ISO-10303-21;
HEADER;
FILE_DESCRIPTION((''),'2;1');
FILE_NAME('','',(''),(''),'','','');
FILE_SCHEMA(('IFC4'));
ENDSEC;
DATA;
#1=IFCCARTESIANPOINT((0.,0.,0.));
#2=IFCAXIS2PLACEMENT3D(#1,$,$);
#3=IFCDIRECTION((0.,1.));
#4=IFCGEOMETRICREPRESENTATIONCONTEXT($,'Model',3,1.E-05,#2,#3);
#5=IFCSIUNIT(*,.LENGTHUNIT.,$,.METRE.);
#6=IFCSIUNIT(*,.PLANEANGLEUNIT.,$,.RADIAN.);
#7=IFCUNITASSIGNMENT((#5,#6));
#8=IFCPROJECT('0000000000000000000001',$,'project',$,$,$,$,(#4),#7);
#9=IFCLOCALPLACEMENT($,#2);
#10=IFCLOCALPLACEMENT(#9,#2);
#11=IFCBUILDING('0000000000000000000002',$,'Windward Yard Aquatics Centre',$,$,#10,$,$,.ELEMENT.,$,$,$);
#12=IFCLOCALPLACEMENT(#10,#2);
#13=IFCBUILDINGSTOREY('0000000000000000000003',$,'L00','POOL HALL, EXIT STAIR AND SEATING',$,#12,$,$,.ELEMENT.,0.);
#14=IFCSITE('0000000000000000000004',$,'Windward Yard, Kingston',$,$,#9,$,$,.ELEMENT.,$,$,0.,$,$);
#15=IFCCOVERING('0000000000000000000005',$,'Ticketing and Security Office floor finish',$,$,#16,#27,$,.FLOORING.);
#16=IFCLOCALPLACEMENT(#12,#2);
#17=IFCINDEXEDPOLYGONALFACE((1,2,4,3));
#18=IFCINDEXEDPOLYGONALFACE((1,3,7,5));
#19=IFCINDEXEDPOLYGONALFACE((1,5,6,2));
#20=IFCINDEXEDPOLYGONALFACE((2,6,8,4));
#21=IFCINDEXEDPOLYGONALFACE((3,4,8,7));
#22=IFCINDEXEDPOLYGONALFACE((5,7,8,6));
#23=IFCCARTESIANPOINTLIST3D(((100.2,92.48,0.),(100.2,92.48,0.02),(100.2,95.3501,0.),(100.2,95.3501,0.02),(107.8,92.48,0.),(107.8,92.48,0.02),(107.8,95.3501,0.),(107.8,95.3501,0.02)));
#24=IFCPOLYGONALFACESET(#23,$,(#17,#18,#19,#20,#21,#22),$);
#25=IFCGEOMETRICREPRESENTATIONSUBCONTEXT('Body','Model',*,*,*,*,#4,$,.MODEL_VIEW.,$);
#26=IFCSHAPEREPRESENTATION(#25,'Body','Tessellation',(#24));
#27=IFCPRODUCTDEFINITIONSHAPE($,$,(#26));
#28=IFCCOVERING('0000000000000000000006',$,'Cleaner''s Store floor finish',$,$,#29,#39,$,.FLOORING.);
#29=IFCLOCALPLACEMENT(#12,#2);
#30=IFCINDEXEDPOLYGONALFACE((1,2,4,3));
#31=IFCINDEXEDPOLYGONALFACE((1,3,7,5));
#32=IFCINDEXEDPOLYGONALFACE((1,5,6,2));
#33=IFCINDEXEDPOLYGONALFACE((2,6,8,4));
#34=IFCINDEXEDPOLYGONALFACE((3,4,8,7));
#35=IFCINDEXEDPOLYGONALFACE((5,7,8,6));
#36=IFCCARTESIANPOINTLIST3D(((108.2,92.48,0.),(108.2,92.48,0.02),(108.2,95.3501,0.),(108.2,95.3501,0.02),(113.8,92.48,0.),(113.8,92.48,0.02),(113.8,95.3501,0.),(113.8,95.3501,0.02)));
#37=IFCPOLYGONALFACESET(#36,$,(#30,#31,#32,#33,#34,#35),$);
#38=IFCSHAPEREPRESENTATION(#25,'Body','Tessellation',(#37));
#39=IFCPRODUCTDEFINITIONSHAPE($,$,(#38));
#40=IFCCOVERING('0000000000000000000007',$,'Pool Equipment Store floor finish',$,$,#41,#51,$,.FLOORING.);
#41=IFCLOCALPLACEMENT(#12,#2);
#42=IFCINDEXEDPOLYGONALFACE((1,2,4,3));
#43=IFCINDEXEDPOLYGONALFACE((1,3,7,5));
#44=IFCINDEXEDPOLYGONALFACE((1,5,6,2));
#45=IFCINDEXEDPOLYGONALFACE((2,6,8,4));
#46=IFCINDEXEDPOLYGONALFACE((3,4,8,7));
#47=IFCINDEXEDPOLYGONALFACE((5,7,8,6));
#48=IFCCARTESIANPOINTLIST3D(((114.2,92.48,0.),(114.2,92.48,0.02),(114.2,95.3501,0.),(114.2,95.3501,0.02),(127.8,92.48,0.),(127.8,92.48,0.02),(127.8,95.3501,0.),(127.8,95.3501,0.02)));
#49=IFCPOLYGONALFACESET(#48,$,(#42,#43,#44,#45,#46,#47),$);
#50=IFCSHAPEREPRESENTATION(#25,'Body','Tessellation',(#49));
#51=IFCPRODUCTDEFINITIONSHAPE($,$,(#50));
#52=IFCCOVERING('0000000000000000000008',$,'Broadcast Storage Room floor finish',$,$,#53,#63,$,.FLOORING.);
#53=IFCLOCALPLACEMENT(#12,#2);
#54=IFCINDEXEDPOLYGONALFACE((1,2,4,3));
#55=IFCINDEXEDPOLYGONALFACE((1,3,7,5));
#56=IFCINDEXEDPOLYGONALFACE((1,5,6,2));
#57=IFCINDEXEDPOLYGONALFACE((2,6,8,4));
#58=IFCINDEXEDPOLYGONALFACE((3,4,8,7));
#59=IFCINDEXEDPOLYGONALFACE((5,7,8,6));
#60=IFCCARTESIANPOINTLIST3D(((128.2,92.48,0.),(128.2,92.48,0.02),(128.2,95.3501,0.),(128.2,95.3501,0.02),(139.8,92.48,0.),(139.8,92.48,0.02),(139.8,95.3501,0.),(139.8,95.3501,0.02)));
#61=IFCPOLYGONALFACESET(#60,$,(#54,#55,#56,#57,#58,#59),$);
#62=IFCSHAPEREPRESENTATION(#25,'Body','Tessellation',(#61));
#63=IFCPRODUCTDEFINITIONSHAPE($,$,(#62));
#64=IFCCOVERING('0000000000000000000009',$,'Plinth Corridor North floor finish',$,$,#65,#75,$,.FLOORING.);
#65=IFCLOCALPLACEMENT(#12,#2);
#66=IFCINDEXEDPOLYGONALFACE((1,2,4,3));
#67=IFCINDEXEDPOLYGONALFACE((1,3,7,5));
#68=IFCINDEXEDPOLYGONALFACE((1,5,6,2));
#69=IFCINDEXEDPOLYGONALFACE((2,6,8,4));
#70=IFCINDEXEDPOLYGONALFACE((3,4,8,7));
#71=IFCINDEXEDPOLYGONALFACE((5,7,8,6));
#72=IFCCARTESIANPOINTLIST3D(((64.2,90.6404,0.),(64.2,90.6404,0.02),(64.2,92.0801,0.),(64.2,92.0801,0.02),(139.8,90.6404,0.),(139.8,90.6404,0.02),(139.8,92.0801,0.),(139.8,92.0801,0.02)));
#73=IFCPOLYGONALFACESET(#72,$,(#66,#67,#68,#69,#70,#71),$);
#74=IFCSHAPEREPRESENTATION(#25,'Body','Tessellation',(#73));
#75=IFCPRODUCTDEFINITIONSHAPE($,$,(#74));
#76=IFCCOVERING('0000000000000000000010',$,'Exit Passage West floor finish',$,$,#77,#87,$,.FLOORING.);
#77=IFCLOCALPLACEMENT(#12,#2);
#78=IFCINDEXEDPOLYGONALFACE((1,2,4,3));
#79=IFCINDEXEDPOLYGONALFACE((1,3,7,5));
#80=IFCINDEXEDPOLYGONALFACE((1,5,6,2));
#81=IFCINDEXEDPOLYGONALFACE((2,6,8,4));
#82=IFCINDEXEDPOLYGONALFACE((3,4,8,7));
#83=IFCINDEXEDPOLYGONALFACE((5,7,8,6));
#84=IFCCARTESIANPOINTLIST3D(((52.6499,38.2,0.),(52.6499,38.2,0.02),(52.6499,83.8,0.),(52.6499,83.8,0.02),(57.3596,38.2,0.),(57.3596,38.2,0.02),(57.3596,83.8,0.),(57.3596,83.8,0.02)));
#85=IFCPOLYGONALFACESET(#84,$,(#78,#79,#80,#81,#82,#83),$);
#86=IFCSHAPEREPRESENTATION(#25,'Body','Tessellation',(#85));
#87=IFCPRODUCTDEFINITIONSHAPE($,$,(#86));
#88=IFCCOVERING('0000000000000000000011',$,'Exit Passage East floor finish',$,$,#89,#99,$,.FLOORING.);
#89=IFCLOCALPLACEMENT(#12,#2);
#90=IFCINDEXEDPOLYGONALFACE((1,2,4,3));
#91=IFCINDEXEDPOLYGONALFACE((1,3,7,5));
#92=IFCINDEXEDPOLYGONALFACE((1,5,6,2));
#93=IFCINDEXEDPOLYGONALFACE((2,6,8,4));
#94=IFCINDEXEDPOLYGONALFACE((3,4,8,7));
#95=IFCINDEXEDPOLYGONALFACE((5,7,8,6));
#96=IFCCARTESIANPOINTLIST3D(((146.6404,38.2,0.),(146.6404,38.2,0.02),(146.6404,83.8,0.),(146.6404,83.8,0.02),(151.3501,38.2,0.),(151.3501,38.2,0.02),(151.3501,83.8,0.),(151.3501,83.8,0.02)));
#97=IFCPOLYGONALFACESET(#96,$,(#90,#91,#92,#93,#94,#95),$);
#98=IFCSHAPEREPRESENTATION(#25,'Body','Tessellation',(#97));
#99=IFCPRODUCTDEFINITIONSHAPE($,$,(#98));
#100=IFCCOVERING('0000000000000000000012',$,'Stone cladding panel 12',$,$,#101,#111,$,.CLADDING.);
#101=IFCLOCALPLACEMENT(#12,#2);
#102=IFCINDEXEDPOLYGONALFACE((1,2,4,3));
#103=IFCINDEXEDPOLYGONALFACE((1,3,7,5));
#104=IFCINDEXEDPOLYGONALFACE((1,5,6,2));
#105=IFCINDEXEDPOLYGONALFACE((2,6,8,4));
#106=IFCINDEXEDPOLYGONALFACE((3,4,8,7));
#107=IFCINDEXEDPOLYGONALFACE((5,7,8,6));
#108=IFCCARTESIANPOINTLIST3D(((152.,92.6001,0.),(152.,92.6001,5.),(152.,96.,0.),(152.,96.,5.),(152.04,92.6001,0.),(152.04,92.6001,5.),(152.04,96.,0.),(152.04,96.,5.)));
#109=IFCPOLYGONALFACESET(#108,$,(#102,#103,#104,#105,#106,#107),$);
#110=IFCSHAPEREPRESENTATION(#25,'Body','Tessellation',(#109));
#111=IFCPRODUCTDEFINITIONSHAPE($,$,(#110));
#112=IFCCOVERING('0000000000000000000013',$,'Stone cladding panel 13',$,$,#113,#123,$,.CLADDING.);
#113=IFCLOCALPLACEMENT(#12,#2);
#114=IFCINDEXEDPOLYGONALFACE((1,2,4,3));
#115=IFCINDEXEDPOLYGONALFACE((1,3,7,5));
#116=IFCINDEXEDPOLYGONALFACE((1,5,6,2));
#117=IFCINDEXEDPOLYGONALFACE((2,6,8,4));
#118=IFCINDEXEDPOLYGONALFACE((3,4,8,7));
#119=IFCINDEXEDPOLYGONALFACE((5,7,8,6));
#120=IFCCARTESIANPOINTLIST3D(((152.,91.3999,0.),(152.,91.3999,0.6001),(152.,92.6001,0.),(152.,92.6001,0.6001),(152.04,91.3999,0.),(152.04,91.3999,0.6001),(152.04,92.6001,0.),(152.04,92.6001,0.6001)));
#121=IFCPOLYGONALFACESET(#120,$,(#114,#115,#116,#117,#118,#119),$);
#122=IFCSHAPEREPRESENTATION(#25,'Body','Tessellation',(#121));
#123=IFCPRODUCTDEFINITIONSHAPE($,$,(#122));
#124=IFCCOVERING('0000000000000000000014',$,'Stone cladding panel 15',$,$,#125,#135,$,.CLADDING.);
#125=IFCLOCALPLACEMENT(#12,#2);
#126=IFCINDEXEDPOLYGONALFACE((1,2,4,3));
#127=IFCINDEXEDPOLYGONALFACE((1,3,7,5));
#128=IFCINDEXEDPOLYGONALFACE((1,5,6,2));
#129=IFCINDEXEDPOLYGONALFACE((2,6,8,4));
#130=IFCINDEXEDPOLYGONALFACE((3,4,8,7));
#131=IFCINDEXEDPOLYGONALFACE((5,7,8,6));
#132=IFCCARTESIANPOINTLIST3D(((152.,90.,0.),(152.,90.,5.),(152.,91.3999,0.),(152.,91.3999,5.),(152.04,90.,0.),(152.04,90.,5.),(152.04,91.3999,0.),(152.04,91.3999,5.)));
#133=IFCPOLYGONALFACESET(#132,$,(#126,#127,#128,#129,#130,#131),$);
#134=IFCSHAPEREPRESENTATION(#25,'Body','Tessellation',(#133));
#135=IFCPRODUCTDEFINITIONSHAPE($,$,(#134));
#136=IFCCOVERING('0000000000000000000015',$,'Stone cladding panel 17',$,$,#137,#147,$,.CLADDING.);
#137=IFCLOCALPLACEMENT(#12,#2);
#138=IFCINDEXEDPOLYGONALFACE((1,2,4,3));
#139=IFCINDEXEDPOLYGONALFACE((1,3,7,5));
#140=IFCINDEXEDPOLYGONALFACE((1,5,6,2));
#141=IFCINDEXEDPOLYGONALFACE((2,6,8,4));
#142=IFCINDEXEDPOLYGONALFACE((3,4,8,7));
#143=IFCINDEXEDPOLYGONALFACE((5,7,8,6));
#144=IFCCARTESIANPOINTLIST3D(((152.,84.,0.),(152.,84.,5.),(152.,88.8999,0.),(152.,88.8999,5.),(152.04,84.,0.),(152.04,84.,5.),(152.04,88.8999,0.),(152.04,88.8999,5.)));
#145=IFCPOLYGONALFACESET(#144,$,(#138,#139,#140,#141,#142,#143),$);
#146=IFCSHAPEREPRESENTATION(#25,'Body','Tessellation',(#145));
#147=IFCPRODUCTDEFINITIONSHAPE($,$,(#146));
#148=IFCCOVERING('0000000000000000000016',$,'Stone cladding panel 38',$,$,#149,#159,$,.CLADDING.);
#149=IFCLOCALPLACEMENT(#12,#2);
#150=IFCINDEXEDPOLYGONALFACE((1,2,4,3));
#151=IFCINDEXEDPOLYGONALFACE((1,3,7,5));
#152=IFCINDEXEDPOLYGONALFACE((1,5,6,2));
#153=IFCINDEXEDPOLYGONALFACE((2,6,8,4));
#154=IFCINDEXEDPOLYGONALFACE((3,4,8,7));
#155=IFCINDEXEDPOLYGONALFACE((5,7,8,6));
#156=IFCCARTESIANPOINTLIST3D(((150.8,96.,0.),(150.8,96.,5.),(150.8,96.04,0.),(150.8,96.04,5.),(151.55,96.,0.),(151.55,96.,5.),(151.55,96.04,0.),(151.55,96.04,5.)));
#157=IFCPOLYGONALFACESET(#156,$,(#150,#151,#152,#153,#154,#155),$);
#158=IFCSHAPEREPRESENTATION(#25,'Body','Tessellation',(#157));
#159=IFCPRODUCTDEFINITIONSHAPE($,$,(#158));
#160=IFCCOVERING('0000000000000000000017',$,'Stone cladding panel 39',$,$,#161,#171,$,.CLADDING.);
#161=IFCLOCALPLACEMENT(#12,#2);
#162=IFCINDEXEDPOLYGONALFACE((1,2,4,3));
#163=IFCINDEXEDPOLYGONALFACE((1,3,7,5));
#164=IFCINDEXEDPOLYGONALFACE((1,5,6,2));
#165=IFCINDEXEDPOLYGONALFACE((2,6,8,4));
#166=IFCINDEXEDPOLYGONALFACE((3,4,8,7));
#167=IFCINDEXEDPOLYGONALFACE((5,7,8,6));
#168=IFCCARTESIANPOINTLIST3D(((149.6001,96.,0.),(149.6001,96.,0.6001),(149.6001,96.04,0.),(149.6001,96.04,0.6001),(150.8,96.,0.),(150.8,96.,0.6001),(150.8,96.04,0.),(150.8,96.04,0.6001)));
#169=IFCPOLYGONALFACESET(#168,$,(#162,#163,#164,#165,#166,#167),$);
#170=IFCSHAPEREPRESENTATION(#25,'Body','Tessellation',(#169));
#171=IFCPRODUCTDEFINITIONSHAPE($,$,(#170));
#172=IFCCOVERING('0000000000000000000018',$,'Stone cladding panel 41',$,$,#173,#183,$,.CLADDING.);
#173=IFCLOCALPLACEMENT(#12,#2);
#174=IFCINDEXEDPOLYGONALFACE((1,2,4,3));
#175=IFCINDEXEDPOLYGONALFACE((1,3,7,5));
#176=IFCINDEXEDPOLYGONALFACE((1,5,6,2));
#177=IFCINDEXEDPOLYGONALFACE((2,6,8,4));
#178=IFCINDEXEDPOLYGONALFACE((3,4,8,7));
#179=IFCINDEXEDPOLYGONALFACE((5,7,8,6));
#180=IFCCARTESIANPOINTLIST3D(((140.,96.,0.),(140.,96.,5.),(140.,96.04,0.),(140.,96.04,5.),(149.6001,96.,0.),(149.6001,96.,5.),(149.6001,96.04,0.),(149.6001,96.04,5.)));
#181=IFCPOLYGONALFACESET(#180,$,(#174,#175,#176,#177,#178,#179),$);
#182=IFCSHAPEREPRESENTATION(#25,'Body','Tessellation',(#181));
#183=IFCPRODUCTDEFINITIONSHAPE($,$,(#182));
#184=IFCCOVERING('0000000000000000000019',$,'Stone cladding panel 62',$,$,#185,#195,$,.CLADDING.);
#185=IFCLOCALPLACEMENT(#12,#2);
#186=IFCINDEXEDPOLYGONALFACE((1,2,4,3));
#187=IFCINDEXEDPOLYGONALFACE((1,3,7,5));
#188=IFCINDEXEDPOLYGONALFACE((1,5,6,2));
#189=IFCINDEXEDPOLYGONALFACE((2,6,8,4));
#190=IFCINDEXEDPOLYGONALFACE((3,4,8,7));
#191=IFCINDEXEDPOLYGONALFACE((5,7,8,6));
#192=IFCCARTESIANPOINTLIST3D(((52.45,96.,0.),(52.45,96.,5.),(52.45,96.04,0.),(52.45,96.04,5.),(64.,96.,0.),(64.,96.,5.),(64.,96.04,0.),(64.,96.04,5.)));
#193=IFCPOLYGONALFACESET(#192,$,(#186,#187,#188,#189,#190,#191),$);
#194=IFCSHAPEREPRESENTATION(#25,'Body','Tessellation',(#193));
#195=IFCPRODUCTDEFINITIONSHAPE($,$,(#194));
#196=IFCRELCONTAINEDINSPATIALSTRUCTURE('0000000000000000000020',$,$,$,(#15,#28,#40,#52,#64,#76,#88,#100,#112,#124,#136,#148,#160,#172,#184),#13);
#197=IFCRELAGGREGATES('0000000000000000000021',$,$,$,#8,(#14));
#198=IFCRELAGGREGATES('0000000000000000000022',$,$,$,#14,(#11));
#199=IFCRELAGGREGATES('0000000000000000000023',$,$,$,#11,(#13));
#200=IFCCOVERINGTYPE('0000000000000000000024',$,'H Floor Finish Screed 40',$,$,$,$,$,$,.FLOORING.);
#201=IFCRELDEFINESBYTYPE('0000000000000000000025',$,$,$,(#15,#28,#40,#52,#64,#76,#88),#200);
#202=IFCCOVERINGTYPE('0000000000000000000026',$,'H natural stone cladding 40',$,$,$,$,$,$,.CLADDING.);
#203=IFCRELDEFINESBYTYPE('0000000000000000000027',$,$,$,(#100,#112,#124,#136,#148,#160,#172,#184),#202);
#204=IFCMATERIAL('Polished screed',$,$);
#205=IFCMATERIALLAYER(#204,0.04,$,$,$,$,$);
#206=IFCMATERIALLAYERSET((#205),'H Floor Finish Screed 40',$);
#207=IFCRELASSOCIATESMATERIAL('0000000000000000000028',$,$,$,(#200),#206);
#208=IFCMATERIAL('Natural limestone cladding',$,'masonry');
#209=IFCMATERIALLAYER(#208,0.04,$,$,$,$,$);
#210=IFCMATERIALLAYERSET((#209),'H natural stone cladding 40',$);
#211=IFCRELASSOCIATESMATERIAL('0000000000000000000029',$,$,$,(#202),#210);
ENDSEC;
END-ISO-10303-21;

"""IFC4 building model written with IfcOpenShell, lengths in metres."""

from ifc_helpers import new_model, si_unit, direction, origin, place, context, subcontext, project, spatial, polyline, outline, extrude, material, layer, layer_set, type_object, element, save


model = new_model("IFC4")

# Units and contexts
model_context = context("Model", 3, precision=1e-05, world=origin(), true_north=direction((0.0, 1.0)))
body_context = subcontext(model_context, "Body", "Model", "MODEL_VIEW")
ifc_project = project(units=[si_unit("LENGTHUNIT", "METRE"), si_unit("PLANEANGLEUNIT", "RADIAN")], contexts=[model_context])

# Site, building, storey
site_placement = place(None, origin())
site = spatial("IfcSite", under=ifc_project, at=site_placement, Name="Windward Yard, Kingston", CompositionType="ELEMENT", RefElevation=0.0)
building_placement = place(site_placement, origin())
building = spatial("IfcBuilding", under=site, at=building_placement, Name="Windward Yard Aquatics Centre", CompositionType="ELEMENT")
storey_placement = place(building_placement, origin())
storey = spatial("IfcBuildingStorey", under=building, at=storey_placement, Name="L00", Description="POOL HALL, EXIT STAIR AND SEATING", CompositionType="ELEMENT", Elevation=0.0)

# Coverings
ifc_material_1 = material(Name="Polished screed")
ifc_layer_1 = layer(ifc_material_1, 0.04)
ifc_layer_set_1 = layer_set([ifc_layer_1], Name="H Floor Finish Screed 40")
covering_type_1 = type_object("IfcCoveringType", Name="H Floor Finish Screed 40", PredefinedType="FLOORING", material=ifc_layer_set_1)
covering_1_placement = place(storey_placement, origin())
element("IfcCovering", 1, at=covering_1_placement, inside=storey, type_object=covering_type_1, Name="Ticketing and Security Office floor finish", PredefinedType="FLOORING", context=body_context, shape_type="SweptSolid", body=[
    extrude(outline(polyline([(100.2, 92.48), (100.2, 95.3501), (107.8, 95.3501), (107.8, 92.48), (100.2, 92.48)])), origin(), (0.0, 0.0, 1.0), 0.02),
])
covering_2_placement = place(storey_placement, origin())
element("IfcCovering", 2, at=covering_2_placement, inside=storey, type_object=covering_type_1, Name="Cleaner's Store floor finish", PredefinedType="FLOORING", context=body_context, shape_type="SweptSolid", body=[
    extrude(outline(polyline([(108.2, 92.48), (108.2, 95.3501), (113.8, 95.3501), (113.8, 92.48), (108.2, 92.48)])), origin(), (0.0, 0.0, 1.0), 0.02),
])
covering_3_placement = place(storey_placement, origin())
element("IfcCovering", 3, at=covering_3_placement, inside=storey, type_object=covering_type_1, Name="Pool Equipment Store floor finish", PredefinedType="FLOORING", context=body_context, shape_type="SweptSolid", body=[
    extrude(outline(polyline([(114.2, 92.48), (114.2, 95.3501), (127.8, 95.3501), (127.8, 92.48), (114.2, 92.48)])), origin(), (0.0, 0.0, 1.0), 0.02),
])
covering_4_placement = place(storey_placement, origin())
element("IfcCovering", 4, at=covering_4_placement, inside=storey, type_object=covering_type_1, Name="Broadcast Storage Room floor finish", PredefinedType="FLOORING", context=body_context, shape_type="SweptSolid", body=[
    extrude(outline(polyline([(128.2, 92.48), (128.2, 95.3501), (139.8, 95.3501), (139.8, 92.48), (128.2, 92.48)])), origin(), (0.0, 0.0, 1.0), 0.02),
])
covering_5_placement = place(storey_placement, origin())
element("IfcCovering", 5, at=covering_5_placement, inside=storey, type_object=covering_type_1, Name="Plinth Corridor North floor finish", PredefinedType="FLOORING", context=body_context, shape_type="SweptSolid", body=[
    extrude(outline(polyline([(64.2, 90.6404), (64.2, 92.0801), (139.8, 92.0801), (139.8, 90.6404), (64.2, 90.6404)])), origin(), (0.0, 0.0, 1.0), 0.02),
])
covering_6_placement = place(storey_placement, origin())
element("IfcCovering", 6, at=covering_6_placement, inside=storey, type_object=covering_type_1, Name="Exit Passage West floor finish", PredefinedType="FLOORING", context=body_context, shape_type="SweptSolid", body=[
    extrude(outline(polyline([(52.6499, 38.2), (52.6499, 83.8), (57.3596, 83.8), (57.3596, 38.2), (52.6499, 38.2)])), origin(), (0.0, 0.0, 1.0), 0.02),
])
covering_7_placement = place(storey_placement, origin())
element("IfcCovering", 7, at=covering_7_placement, inside=storey, type_object=covering_type_1, Name="Exit Passage East floor finish", PredefinedType="FLOORING", context=body_context, shape_type="SweptSolid", body=[
    extrude(outline(polyline([(146.6404, 38.2), (146.6404, 83.8), (151.3501, 83.8), (151.3501, 38.2), (146.6404, 38.2)])), origin(), (0.0, 0.0, 1.0), 0.02),
])
ifc_material_2 = material(Name="Natural limestone cladding", Category="masonry")
ifc_layer_2 = layer(ifc_material_2, 0.04)
ifc_layer_set_2 = layer_set([ifc_layer_2], Name="H natural stone cladding 40")
covering_type_2 = type_object("IfcCoveringType", Name="H natural stone cladding 40", PredefinedType="CLADDING", material=ifc_layer_set_2)
covering_8_placement = place(storey_placement, origin())
element("IfcCovering", 8, at=covering_8_placement, inside=storey, type_object=covering_type_2, Name="Stone cladding panel 12", PredefinedType="CLADDING", context=body_context, shape_type="SweptSolid", body=[
    extrude(outline(polyline([(152.0, 92.6001), (152.04, 92.6001), (152.04, 96.0), (152.0, 96.0), (152.0, 92.6001)])), origin(), (0.0, 0.0, 1.0), 5.0),
])
covering_9_placement = place(storey_placement, origin())
element("IfcCovering", 9, at=covering_9_placement, inside=storey, type_object=covering_type_2, Name="Stone cladding panel 13", PredefinedType="CLADDING", context=body_context, shape_type="SweptSolid", body=[
    extrude(outline(polyline([(152.0, 91.3999), (152.04, 91.3999), (152.04, 92.6001), (152.0, 92.6001), (152.0, 91.3999)])), origin(), (0.0, 0.0, 1.0), 0.6001),
])
covering_10_placement = place(storey_placement, origin())
element("IfcCovering", 10, at=covering_10_placement, inside=storey, type_object=covering_type_2, Name="Stone cladding panel 15", PredefinedType="CLADDING", context=body_context, shape_type="SweptSolid", body=[
    extrude(outline(polyline([(152.0, 90.0), (152.04, 90.0), (152.04, 91.3999), (152.0, 91.3999), (152.0, 90.0)])), origin(), (0.0, 0.0, 1.0), 5.0),
])
covering_11_placement = place(storey_placement, origin())
element("IfcCovering", 11, at=covering_11_placement, inside=storey, type_object=covering_type_2, Name="Stone cladding panel 17", PredefinedType="CLADDING", context=body_context, shape_type="SweptSolid", body=[
    extrude(outline(polyline([(152.0, 84.0), (152.04, 84.0), (152.04, 88.8999), (152.0, 88.8999), (152.0, 84.0)])), origin(), (0.0, 0.0, 1.0), 5.0),
])
covering_12_placement = place(storey_placement, origin())
element("IfcCovering", 12, at=covering_12_placement, inside=storey, type_object=covering_type_2, Name="Stone cladding panel 38", PredefinedType="CLADDING", context=body_context, shape_type="SweptSolid", body=[
    extrude(outline(polyline([(150.8, 96.0), (150.8, 96.04), (151.55, 96.04), (151.55, 96.0), (150.8, 96.0)])), origin(), (0.0, 0.0, 1.0), 5.0),
])
covering_13_placement = place(storey_placement, origin())
element("IfcCovering", 13, at=covering_13_placement, inside=storey, type_object=covering_type_2, Name="Stone cladding panel 39", PredefinedType="CLADDING", context=body_context, shape_type="SweptSolid", body=[
    extrude(outline(polyline([(149.6001, 96.0), (149.6001, 96.04), (150.8, 96.04), (150.8, 96.0), (149.6001, 96.0)])), origin(), (0.0, 0.0, 1.0), 0.6001),
])
covering_14_placement = place(storey_placement, origin())
element("IfcCovering", 14, at=covering_14_placement, inside=storey, type_object=covering_type_2, Name="Stone cladding panel 41", PredefinedType="CLADDING", context=body_context, shape_type="SweptSolid", body=[
    extrude(outline(polyline([(140.0, 96.0), (140.0, 96.04), (149.6001, 96.04), (149.6001, 96.0), (140.0, 96.0)])), origin(), (0.0, 0.0, 1.0), 5.0),
])
covering_15_placement = place(storey_placement, origin())
element("IfcCovering", 15, at=covering_15_placement, inside=storey, type_object=covering_type_2, Name="Stone cladding panel 62", PredefinedType="CLADDING", context=body_context, shape_type="SweptSolid", body=[
    extrude(outline(polyline([(52.45, 96.0), (64.0, 96.0), (64.0, 96.04), (52.45, 96.04), (52.45, 96.0)])), origin(), (0.0, 0.0, 1.0), 5.0),
])

save(model, "model.ifc")
